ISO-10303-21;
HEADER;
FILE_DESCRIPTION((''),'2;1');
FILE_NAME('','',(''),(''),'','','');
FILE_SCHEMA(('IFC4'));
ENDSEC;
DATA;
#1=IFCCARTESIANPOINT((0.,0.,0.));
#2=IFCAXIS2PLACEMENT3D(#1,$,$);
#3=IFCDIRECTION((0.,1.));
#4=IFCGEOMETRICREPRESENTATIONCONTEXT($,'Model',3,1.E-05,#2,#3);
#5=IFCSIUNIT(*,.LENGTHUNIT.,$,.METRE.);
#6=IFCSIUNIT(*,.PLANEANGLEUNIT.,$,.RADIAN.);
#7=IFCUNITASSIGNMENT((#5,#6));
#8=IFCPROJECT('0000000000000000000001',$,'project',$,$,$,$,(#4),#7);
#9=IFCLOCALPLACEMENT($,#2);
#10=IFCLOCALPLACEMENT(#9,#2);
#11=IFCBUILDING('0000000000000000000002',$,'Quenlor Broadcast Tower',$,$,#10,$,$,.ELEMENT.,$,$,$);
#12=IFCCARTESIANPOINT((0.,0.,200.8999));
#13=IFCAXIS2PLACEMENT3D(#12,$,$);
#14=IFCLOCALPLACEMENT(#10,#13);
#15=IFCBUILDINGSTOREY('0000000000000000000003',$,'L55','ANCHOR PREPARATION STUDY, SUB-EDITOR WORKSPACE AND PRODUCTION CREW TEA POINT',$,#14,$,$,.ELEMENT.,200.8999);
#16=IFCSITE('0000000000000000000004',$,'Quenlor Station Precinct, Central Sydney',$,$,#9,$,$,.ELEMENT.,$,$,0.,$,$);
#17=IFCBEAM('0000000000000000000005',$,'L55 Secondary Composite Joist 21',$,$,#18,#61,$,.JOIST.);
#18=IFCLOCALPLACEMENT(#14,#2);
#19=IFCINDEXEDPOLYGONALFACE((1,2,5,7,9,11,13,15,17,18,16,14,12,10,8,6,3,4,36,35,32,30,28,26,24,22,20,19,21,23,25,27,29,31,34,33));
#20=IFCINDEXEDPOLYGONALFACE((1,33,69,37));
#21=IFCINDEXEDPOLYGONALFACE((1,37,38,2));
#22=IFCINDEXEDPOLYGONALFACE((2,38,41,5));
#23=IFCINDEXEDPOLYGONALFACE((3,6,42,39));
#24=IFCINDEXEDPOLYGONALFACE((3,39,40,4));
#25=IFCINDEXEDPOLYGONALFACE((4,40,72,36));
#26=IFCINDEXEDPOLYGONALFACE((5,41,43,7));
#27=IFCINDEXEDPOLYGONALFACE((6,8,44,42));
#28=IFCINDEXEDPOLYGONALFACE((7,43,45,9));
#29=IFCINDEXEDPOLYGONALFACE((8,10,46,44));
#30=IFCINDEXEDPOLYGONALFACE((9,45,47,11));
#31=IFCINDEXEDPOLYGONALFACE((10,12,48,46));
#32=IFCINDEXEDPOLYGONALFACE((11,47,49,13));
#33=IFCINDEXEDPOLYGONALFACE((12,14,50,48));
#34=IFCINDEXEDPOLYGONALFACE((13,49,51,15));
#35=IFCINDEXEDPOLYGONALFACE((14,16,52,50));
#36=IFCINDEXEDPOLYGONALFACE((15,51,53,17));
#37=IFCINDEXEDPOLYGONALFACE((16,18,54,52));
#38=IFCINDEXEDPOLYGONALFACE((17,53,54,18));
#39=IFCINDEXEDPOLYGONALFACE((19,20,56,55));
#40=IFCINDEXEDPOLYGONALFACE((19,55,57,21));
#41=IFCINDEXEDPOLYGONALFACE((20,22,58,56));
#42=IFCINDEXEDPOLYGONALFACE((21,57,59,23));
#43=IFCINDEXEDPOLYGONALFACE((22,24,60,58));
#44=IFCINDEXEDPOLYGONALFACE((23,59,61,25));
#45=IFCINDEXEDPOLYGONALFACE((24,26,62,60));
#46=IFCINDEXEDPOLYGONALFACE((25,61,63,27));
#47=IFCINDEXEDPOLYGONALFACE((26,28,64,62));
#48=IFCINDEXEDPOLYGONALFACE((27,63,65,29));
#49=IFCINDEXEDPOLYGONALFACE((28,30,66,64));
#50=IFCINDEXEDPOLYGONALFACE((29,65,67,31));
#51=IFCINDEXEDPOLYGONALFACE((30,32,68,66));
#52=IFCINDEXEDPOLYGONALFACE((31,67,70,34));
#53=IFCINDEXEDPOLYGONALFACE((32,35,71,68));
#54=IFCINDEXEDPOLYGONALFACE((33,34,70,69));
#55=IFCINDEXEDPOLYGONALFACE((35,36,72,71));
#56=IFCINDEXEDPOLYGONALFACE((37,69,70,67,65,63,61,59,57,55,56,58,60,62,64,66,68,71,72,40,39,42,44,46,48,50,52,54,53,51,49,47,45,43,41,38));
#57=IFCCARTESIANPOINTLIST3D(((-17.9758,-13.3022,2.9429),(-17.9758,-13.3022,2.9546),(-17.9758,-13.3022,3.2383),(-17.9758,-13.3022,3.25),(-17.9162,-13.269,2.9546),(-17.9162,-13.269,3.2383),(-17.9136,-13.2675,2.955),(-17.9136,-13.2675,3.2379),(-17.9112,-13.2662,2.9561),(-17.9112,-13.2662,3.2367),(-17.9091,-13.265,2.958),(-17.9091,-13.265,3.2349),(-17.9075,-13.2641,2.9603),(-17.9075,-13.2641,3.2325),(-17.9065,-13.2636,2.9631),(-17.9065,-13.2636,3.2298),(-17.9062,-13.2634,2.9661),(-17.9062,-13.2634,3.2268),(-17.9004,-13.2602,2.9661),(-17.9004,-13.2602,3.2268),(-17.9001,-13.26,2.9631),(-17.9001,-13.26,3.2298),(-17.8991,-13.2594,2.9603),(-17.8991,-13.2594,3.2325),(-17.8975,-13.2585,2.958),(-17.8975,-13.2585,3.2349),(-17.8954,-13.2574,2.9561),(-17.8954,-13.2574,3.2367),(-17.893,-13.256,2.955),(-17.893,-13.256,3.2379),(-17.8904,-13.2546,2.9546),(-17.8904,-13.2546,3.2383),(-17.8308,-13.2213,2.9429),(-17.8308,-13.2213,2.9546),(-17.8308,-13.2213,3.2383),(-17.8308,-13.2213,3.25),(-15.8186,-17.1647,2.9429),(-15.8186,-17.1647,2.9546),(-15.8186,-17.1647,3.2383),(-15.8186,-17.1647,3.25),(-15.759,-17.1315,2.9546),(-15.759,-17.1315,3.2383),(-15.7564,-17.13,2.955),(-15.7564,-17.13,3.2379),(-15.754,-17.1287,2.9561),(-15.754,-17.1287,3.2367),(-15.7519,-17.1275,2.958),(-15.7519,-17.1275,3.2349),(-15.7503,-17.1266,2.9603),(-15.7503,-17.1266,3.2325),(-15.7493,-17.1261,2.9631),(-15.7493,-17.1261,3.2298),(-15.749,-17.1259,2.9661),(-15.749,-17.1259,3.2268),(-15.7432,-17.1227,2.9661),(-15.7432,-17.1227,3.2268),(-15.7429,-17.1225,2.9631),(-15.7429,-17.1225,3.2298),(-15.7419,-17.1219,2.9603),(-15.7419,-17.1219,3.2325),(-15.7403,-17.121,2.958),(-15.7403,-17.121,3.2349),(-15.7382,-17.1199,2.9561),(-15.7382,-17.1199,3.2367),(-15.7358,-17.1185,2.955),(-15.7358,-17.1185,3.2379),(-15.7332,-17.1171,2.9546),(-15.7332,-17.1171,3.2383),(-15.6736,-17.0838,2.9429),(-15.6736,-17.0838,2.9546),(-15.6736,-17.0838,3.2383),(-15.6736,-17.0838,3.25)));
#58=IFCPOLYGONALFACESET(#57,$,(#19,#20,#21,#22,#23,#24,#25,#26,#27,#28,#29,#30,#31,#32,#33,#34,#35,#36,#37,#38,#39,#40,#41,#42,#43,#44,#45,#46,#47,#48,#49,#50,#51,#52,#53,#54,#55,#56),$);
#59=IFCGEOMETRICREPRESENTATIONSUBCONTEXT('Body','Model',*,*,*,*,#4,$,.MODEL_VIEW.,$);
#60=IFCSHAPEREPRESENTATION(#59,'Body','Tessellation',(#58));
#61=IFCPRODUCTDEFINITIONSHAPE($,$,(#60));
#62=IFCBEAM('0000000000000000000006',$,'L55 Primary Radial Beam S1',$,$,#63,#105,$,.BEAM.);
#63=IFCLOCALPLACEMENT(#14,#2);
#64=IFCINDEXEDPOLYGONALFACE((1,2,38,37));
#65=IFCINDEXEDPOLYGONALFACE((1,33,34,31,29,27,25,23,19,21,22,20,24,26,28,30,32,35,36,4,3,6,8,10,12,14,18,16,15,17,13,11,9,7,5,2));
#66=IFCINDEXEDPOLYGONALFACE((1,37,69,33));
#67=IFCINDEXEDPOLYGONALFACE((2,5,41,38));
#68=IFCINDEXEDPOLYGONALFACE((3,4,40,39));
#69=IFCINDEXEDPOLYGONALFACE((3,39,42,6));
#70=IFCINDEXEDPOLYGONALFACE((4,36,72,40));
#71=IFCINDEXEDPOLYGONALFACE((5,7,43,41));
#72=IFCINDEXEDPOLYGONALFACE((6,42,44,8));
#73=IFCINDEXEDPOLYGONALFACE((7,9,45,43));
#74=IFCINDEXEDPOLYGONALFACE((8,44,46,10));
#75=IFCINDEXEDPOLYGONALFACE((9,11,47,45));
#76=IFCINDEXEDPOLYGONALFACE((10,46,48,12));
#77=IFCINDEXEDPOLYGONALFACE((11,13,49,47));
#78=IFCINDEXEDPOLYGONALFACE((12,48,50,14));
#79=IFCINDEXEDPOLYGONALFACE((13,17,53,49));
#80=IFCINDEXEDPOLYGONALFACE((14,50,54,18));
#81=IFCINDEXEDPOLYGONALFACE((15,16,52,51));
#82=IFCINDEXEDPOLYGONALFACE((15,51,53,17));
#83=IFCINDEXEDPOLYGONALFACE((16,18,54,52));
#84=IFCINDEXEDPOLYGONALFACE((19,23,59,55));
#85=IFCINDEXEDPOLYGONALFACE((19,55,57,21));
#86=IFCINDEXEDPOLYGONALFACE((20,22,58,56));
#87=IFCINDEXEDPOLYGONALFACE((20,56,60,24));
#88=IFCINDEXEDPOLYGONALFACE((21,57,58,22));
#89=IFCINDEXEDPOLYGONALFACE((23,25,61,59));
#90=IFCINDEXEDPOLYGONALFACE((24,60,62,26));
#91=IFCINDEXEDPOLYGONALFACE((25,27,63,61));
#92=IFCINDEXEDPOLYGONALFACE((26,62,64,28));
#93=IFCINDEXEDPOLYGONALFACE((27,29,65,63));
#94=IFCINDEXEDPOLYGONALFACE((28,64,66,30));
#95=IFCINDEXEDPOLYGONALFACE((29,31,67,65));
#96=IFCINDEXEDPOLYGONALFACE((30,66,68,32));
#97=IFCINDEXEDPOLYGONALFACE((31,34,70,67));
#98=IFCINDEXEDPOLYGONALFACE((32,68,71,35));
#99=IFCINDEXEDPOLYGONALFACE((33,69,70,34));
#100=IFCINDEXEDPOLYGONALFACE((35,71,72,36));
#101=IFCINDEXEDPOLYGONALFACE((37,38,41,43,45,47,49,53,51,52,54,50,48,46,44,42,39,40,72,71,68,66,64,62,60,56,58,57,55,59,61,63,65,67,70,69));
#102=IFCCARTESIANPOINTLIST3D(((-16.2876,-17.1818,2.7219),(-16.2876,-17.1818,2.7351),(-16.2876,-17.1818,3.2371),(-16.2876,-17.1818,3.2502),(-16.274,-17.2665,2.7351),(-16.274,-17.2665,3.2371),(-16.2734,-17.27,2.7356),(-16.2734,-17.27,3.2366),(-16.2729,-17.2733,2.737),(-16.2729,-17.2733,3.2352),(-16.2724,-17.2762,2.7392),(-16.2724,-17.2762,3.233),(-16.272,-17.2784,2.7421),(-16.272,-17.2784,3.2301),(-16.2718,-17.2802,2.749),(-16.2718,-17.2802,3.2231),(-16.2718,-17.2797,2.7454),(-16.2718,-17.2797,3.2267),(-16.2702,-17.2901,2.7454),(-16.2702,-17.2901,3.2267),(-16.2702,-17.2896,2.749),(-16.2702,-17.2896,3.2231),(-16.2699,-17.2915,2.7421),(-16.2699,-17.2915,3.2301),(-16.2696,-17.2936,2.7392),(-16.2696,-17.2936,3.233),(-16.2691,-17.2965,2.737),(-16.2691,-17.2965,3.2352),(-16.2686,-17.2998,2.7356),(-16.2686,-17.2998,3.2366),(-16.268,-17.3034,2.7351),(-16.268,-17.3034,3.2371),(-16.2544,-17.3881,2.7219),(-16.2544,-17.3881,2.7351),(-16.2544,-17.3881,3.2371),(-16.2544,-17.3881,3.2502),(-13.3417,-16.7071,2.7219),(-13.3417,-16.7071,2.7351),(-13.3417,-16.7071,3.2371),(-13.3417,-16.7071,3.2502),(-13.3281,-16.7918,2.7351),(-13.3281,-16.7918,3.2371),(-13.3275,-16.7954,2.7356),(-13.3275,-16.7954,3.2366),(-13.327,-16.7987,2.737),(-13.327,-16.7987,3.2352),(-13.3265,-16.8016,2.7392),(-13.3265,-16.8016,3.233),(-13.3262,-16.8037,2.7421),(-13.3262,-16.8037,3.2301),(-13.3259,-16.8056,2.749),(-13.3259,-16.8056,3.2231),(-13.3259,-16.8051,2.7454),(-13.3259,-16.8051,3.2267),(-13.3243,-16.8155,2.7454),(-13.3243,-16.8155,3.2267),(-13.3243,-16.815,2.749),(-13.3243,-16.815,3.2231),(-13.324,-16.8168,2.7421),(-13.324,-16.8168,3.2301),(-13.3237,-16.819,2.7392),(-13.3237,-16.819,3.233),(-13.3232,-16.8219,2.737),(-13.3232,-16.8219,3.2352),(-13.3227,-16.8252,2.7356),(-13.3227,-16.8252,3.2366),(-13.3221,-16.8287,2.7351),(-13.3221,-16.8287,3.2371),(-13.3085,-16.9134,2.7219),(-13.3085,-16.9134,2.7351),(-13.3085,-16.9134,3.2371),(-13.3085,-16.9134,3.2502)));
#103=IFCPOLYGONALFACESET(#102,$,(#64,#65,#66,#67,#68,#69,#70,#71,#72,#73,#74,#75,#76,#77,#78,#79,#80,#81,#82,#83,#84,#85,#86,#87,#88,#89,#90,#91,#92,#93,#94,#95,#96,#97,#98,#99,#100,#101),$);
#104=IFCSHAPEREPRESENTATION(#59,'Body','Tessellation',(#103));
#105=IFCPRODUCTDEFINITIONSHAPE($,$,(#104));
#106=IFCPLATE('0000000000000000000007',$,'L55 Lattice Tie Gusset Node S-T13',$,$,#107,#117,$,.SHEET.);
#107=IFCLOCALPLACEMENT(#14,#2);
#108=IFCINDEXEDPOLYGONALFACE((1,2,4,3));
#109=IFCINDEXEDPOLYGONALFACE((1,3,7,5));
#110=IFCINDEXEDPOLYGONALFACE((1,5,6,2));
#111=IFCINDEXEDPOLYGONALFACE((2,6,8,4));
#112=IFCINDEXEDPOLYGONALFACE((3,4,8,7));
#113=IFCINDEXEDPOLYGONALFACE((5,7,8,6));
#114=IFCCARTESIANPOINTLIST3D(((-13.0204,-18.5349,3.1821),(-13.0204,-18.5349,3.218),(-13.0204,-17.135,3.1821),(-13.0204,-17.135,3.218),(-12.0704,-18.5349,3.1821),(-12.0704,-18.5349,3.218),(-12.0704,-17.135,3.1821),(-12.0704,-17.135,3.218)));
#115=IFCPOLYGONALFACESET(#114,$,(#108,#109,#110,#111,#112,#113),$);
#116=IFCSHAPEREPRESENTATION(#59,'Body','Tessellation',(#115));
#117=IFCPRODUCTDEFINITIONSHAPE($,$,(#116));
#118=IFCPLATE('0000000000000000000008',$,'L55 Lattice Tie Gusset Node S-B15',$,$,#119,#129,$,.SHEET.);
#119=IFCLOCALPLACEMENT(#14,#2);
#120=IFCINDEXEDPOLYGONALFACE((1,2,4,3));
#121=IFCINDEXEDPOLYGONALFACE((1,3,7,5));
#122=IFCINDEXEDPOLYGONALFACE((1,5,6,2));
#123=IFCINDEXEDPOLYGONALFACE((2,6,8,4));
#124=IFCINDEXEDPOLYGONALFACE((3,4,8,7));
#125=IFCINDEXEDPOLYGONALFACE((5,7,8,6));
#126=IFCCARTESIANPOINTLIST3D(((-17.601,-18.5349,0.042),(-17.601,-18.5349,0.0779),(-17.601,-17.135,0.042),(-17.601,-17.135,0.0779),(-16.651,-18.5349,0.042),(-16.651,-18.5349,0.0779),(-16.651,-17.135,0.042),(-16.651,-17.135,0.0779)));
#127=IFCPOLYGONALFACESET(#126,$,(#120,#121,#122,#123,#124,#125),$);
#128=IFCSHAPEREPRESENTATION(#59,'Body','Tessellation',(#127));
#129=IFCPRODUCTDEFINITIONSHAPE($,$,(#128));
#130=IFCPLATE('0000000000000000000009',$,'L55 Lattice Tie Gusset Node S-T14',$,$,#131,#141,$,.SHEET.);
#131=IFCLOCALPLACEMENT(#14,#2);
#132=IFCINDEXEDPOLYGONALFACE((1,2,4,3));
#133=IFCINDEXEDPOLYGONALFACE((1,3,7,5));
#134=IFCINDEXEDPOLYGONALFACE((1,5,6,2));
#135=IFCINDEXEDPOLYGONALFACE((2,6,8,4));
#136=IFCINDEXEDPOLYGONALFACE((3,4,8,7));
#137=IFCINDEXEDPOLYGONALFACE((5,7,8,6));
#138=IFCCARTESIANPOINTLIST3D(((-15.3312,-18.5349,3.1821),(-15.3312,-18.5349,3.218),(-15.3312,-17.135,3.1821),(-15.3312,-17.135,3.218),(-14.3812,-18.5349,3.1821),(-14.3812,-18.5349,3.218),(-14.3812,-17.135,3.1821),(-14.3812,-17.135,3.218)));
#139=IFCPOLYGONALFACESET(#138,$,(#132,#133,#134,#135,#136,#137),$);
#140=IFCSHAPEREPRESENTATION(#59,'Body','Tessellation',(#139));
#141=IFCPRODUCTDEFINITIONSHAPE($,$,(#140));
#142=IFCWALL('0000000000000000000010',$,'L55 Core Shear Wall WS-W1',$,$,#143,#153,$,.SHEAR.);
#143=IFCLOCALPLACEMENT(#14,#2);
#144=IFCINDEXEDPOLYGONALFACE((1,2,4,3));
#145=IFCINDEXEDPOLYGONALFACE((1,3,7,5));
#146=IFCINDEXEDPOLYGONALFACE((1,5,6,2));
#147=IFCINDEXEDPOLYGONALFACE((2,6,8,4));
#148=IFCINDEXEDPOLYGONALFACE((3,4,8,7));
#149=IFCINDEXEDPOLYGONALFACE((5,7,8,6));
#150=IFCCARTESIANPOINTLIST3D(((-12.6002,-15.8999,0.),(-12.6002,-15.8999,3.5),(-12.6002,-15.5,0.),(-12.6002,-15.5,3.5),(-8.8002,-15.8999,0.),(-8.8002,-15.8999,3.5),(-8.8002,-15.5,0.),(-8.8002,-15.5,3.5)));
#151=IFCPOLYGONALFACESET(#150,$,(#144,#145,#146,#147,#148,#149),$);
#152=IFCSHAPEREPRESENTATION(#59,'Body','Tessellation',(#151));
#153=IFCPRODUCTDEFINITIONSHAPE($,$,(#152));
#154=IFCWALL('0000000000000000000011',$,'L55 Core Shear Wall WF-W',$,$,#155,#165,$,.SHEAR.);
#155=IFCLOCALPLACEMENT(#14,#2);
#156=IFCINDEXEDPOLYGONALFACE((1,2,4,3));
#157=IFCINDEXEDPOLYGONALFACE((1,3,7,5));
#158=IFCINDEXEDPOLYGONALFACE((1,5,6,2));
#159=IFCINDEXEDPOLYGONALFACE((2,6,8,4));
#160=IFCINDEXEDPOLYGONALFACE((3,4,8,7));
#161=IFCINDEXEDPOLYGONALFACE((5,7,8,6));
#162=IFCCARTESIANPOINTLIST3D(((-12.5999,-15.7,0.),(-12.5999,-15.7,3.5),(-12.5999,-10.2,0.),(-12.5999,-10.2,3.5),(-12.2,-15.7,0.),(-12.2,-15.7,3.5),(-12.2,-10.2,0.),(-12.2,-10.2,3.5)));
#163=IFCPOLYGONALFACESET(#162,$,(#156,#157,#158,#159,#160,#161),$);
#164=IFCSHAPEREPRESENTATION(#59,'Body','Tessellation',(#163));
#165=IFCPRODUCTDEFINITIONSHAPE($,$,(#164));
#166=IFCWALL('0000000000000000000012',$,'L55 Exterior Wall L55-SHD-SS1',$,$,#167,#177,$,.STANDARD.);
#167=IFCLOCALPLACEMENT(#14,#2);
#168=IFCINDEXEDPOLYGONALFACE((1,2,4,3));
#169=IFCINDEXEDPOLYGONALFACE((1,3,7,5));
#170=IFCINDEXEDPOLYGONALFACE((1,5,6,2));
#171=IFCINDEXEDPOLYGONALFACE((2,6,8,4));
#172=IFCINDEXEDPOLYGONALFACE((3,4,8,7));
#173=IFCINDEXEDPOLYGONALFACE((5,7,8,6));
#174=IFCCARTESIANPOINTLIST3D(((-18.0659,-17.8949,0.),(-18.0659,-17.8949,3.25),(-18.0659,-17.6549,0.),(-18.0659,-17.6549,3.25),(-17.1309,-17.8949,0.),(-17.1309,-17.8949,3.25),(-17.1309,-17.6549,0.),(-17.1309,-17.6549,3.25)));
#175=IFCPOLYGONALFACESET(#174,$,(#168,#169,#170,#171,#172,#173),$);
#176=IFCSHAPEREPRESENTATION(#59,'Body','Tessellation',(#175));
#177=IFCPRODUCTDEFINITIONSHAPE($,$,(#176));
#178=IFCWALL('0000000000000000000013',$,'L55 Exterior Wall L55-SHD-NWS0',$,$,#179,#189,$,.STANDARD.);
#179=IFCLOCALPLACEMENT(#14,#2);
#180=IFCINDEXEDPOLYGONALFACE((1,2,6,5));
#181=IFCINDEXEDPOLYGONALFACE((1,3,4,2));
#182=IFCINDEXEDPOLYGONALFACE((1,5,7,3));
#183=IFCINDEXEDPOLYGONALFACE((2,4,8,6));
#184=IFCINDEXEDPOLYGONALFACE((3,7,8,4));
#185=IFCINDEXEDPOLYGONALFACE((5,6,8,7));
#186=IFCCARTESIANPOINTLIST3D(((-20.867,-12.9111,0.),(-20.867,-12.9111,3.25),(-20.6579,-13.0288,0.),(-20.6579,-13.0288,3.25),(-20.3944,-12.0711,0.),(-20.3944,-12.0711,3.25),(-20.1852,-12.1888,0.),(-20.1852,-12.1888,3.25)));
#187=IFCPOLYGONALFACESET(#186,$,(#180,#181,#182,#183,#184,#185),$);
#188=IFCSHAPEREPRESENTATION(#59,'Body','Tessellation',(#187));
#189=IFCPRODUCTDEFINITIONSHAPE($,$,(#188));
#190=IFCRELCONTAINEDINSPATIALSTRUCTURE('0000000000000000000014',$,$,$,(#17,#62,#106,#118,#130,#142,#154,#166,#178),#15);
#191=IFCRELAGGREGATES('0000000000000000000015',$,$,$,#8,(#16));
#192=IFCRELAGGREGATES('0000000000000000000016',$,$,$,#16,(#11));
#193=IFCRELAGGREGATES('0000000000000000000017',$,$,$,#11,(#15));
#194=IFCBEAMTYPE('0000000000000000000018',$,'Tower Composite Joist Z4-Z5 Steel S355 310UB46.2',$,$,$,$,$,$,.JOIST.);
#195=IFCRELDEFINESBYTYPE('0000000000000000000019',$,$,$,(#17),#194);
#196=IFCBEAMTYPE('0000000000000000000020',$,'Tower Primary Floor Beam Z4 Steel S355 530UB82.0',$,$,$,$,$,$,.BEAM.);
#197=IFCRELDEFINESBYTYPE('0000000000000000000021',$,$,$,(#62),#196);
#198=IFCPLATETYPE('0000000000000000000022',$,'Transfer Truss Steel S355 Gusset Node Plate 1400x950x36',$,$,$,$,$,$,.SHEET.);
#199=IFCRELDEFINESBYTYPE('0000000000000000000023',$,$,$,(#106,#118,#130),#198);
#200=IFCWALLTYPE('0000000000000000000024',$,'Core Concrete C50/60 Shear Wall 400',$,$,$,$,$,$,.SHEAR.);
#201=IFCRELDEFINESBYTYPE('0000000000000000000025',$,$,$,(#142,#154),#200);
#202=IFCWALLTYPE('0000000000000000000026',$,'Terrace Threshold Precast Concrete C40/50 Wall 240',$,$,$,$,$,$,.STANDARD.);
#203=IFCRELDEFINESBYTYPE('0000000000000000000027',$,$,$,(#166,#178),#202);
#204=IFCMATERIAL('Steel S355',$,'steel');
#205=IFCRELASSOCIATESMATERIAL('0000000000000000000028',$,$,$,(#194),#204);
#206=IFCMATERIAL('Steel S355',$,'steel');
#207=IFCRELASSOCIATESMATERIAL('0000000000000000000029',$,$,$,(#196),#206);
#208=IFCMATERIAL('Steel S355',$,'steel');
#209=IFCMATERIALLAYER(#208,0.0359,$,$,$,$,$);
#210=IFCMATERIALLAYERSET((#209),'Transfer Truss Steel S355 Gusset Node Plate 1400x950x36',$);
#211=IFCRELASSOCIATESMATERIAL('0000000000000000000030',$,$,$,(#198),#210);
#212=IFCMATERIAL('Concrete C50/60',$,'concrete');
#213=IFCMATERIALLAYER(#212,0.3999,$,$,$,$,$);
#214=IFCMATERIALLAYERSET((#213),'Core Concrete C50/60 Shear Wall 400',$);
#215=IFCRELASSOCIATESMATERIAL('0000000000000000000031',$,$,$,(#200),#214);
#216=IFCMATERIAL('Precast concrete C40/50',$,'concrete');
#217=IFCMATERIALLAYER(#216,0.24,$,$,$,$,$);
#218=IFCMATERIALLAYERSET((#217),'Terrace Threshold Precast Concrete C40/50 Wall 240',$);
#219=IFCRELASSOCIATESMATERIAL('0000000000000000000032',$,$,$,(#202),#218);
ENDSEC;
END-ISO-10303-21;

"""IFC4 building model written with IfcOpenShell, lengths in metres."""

from ifc_helpers import new_model, si_unit, direction, frame, frame_2d, origin, origin_2d, place, context, subcontext, project, spatial, rectangle, i_section, extrude, material, layer, layer_set, material_profile, profile_set, type_object, element, save


model = new_model("IFC4")

# Units and contexts
model_context = context("Model", 3, precision=1e-05, world=origin(), true_north=direction((0.0, 1.0)))
body_context = subcontext(model_context, "Body", "Model", "MODEL_VIEW")
ifc_project = project(units=[si_unit("LENGTHUNIT", "METRE"), si_unit("PLANEANGLEUNIT", "RADIAN")], contexts=[model_context])

# Site, building, storey
site_placement = place(None, origin())
site = spatial("IfcSite", under=ifc_project, at=site_placement, Name="Quenlor Station Precinct, Central Sydney", CompositionType="ELEMENT", RefElevation=0.0)
building_placement = place(site_placement, origin())
building = spatial("IfcBuilding", under=site, at=building_placement, Name="Quenlor Broadcast Tower", CompositionType="ELEMENT")
storey_placement = place(building_placement, frame((0.0, 0.0, 200.8999)))
storey = spatial("IfcBuildingStorey", under=building, at=storey_placement, Name="L55", Description="ANCHOR PREPARATION STUDY, SUB-EDITOR WORKSPACE AND PRODUCTION CREW TEA POINT", CompositionType="ELEMENT", Elevation=200.8999)

# Beams
ifc_material_1 = material(Name="Steel S355", Category="steel")
ifc_material_profile_1 = material_profile(ifc_material_1, i_section(OverallWidth=0.166, OverallDepth=0.3071, WebThickness=0.0066, FlangeThickness=0.0117, FilletRadius=0.0115, at=origin_2d()))
ifc_profile_set_1 = profile_set([ifc_material_profile_1], Name="Steel S355 310UB46.2")
beam_type_1 = type_object("IfcBeamType", Name="Tower Composite Joist Z4-Z5 Steel S355 310UB46.2", PredefinedType="JOIST", material=ifc_profile_set_1)
beam_1_placement = place(storey_placement, frame((-15.7461, -17.1243, 3.0964), z_axis=(-0.487605, 0.873064, 0.0), x_axis=(-0.873064, -0.487605, 0.0)))
element("IfcBeam", 1, at=beam_1_placement, inside=storey, type_object=beam_type_1, Name="L55 Secondary Composite Joist 21", PredefinedType="JOIST", context=body_context, shape_type="SweptSolid", body=[
    extrude(i_section(OverallWidth=0.166, OverallDepth=0.3071, WebThickness=0.0066, FlangeThickness=0.0117, FilletRadius=0.0115, at=origin_2d()), origin(), (0.0, 0.0, 1.0), 4.4241),
])
ifc_material_2 = material(Name="Steel S355", Category="steel")
ifc_material_profile_2 = material_profile(ifc_material_2, i_section(OverallWidth=0.209, OverallDepth=0.5283, WebThickness=0.0095, FlangeThickness=0.0132, FilletRadius=0.0139, at=origin_2d()))
ifc_profile_set_2 = profile_set([ifc_material_profile_2], Name="Steel S355 530UB82.0")
beam_type_2 = type_object("IfcBeamType", Name="Tower Primary Floor Beam Z4 Steel S355 530UB82.0", PredefinedType="BEAM", material=ifc_profile_set_2)
beam_2_placement = place(storey_placement, frame((-16.271, -17.2849, 2.9861), z_axis=(0.987268, 0.159063, 0.0), x_axis=(-0.159063, 0.987268, 0.0)))
element("IfcBeam", 2, at=beam_2_placement, inside=storey, type_object=beam_type_2, Name="L55 Primary Radial Beam S1", PredefinedType="BEAM", context=body_context, shape_type="SweptSolid", body=[
    extrude(i_section(OverallWidth=0.209, OverallDepth=0.5283, WebThickness=0.0095, FlangeThickness=0.0132, FilletRadius=0.0139, at=origin_2d()), origin(), (0.0, 0.0, 1.0), 2.9839),
])

# Plates
ifc_material_3 = material(Name="Steel S355", Category="steel")
ifc_layer_1 = layer(ifc_material_3, 0.0359)
ifc_layer_set_1 = layer_set([ifc_layer_1], Name="Transfer Truss Steel S355 Gusset Node Plate 1400x950x36")
plate_type = type_object("IfcPlateType", Name="Transfer Truss Steel S355 Gusset Node Plate 1400x950x36", PredefinedType="SHEET", material=ifc_layer_set_1)
for number, where, z_axis, x_axis, name in (
    (3, (-12.5454, -17.835, 3.1821), (0.0, 0.0, 1.0), (0.0, -1.0, 0.0), "L55 Lattice Tie Gusset Node S-T13"),
    (4, (-17.126, -17.835, 0.042), (0.0, 0.0, 1.0), (0.0, -1.0, 0.0), "L55 Lattice Tie Gusset Node S-B15"),
    (5, (-14.8562, -17.835, 3.1821), (0.0, 0.0, 1.0), (0.0, -1.0, 0.0), "L55 Lattice Tie Gusset Node S-T14"),
):
    element("IfcPlate", number, at=place(storey_placement, frame(where, z_axis=z_axis, x_axis=x_axis)), inside=storey, type_object=plate_type, Name=name, PredefinedType="SHEET", context=body_context, shape_type="SweptSolid", body=[
        extrude(rectangle(XDim=1.3999, YDim=0.95, at=origin_2d()), origin(), (0.0, 0.0, 1.0), 0.0359),
    ])

# Walls
ifc_material_4 = material(Name="Concrete C50/60", Category="concrete")
ifc_layer_2 = layer(ifc_material_4, 0.3999)
ifc_layer_set_2 = layer_set([ifc_layer_2], Name="Core Concrete C50/60 Shear Wall 400")
wall_type_1 = type_object("IfcWallType", Name="Core Concrete C50/60 Shear Wall 400", PredefinedType="SHEAR", material=ifc_layer_set_2)
wall_1_placement = place(storey_placement, frame((-12.6001, -15.7, 0.0), z_axis=(0.0, 0.0, 1.0), x_axis=(1.0, 0.0, 0.0)))
element("IfcWall", 6, at=wall_1_placement, inside=storey, type_object=wall_type_1, Name="L55 Core Shear Wall WS-W1", PredefinedType="SHEAR", context=body_context, shape_type="SweptSolid", body=[
    extrude(rectangle(XDim=3.8, YDim=0.3999, at=frame_2d((1.8999, 0.0))), origin(), (0.0, 0.0, 1.0), 3.5),
])
wall_2_placement = place(storey_placement, frame((-12.3999, -15.7, 0.0), z_axis=(0.0, 0.0, 1.0), x_axis=(0.0, 1.0, 0.0)))
element("IfcWall", 7, at=wall_2_placement, inside=storey, type_object=wall_type_1, Name="L55 Core Shear Wall WF-W", PredefinedType="SHEAR", context=body_context, shape_type="SweptSolid", body=[
    extrude(rectangle(XDim=5.5, YDim=0.3999, at=frame_2d((2.75, 0.0))), origin(), (0.0, 0.0, 1.0), 3.5),
])
ifc_material_5 = material(Name="Precast concrete C40/50", Category="concrete")
ifc_layer_3 = layer(ifc_material_5, 0.24)
ifc_layer_set_3 = layer_set([ifc_layer_3], Name="Terrace Threshold Precast Concrete C40/50 Wall 240")
wall_type_2 = type_object("IfcWallType", Name="Terrace Threshold Precast Concrete C40/50 Wall 240", PredefinedType="STANDARD", material=ifc_layer_set_3)
wall_3_placement = place(storey_placement, frame((-17.1309, -17.7749, 0.0), z_axis=(0.0, 0.0, 1.0), x_axis=(-1.0, 0.0, 0.0)))
element("IfcWall", 8, at=wall_3_placement, inside=storey, type_object=wall_type_2, Name="L55 Exterior Wall L55-SHD-SS1", PredefinedType="STANDARD", context=body_context, shape_type="SweptSolid", body=[
    extrude(rectangle(XDim=0.9351, YDim=0.24, at=frame_2d((0.4675, 0.0))), origin(), (0.0, 0.0, 1.0), 3.25),
])
wall_4_placement = place(storey_placement, frame((-20.7625, -12.97, 0.0), z_axis=(0.0, 0.0, 1.0), x_axis=(0.490345, 0.871528, 0.0)))
element("IfcWall", 9, at=wall_4_placement, inside=storey, type_object=wall_type_2, Name="L55 Exterior Wall L55-SHD-NWS0", PredefinedType="STANDARD", context=body_context, shape_type="SweptSolid", body=[
    extrude(rectangle(XDim=0.9639, YDim=0.24, at=frame_2d((0.4819, 0.0))), origin(), (0.0, 0.0, 1.0), 3.25),
])

save(model, "model.ifc")
